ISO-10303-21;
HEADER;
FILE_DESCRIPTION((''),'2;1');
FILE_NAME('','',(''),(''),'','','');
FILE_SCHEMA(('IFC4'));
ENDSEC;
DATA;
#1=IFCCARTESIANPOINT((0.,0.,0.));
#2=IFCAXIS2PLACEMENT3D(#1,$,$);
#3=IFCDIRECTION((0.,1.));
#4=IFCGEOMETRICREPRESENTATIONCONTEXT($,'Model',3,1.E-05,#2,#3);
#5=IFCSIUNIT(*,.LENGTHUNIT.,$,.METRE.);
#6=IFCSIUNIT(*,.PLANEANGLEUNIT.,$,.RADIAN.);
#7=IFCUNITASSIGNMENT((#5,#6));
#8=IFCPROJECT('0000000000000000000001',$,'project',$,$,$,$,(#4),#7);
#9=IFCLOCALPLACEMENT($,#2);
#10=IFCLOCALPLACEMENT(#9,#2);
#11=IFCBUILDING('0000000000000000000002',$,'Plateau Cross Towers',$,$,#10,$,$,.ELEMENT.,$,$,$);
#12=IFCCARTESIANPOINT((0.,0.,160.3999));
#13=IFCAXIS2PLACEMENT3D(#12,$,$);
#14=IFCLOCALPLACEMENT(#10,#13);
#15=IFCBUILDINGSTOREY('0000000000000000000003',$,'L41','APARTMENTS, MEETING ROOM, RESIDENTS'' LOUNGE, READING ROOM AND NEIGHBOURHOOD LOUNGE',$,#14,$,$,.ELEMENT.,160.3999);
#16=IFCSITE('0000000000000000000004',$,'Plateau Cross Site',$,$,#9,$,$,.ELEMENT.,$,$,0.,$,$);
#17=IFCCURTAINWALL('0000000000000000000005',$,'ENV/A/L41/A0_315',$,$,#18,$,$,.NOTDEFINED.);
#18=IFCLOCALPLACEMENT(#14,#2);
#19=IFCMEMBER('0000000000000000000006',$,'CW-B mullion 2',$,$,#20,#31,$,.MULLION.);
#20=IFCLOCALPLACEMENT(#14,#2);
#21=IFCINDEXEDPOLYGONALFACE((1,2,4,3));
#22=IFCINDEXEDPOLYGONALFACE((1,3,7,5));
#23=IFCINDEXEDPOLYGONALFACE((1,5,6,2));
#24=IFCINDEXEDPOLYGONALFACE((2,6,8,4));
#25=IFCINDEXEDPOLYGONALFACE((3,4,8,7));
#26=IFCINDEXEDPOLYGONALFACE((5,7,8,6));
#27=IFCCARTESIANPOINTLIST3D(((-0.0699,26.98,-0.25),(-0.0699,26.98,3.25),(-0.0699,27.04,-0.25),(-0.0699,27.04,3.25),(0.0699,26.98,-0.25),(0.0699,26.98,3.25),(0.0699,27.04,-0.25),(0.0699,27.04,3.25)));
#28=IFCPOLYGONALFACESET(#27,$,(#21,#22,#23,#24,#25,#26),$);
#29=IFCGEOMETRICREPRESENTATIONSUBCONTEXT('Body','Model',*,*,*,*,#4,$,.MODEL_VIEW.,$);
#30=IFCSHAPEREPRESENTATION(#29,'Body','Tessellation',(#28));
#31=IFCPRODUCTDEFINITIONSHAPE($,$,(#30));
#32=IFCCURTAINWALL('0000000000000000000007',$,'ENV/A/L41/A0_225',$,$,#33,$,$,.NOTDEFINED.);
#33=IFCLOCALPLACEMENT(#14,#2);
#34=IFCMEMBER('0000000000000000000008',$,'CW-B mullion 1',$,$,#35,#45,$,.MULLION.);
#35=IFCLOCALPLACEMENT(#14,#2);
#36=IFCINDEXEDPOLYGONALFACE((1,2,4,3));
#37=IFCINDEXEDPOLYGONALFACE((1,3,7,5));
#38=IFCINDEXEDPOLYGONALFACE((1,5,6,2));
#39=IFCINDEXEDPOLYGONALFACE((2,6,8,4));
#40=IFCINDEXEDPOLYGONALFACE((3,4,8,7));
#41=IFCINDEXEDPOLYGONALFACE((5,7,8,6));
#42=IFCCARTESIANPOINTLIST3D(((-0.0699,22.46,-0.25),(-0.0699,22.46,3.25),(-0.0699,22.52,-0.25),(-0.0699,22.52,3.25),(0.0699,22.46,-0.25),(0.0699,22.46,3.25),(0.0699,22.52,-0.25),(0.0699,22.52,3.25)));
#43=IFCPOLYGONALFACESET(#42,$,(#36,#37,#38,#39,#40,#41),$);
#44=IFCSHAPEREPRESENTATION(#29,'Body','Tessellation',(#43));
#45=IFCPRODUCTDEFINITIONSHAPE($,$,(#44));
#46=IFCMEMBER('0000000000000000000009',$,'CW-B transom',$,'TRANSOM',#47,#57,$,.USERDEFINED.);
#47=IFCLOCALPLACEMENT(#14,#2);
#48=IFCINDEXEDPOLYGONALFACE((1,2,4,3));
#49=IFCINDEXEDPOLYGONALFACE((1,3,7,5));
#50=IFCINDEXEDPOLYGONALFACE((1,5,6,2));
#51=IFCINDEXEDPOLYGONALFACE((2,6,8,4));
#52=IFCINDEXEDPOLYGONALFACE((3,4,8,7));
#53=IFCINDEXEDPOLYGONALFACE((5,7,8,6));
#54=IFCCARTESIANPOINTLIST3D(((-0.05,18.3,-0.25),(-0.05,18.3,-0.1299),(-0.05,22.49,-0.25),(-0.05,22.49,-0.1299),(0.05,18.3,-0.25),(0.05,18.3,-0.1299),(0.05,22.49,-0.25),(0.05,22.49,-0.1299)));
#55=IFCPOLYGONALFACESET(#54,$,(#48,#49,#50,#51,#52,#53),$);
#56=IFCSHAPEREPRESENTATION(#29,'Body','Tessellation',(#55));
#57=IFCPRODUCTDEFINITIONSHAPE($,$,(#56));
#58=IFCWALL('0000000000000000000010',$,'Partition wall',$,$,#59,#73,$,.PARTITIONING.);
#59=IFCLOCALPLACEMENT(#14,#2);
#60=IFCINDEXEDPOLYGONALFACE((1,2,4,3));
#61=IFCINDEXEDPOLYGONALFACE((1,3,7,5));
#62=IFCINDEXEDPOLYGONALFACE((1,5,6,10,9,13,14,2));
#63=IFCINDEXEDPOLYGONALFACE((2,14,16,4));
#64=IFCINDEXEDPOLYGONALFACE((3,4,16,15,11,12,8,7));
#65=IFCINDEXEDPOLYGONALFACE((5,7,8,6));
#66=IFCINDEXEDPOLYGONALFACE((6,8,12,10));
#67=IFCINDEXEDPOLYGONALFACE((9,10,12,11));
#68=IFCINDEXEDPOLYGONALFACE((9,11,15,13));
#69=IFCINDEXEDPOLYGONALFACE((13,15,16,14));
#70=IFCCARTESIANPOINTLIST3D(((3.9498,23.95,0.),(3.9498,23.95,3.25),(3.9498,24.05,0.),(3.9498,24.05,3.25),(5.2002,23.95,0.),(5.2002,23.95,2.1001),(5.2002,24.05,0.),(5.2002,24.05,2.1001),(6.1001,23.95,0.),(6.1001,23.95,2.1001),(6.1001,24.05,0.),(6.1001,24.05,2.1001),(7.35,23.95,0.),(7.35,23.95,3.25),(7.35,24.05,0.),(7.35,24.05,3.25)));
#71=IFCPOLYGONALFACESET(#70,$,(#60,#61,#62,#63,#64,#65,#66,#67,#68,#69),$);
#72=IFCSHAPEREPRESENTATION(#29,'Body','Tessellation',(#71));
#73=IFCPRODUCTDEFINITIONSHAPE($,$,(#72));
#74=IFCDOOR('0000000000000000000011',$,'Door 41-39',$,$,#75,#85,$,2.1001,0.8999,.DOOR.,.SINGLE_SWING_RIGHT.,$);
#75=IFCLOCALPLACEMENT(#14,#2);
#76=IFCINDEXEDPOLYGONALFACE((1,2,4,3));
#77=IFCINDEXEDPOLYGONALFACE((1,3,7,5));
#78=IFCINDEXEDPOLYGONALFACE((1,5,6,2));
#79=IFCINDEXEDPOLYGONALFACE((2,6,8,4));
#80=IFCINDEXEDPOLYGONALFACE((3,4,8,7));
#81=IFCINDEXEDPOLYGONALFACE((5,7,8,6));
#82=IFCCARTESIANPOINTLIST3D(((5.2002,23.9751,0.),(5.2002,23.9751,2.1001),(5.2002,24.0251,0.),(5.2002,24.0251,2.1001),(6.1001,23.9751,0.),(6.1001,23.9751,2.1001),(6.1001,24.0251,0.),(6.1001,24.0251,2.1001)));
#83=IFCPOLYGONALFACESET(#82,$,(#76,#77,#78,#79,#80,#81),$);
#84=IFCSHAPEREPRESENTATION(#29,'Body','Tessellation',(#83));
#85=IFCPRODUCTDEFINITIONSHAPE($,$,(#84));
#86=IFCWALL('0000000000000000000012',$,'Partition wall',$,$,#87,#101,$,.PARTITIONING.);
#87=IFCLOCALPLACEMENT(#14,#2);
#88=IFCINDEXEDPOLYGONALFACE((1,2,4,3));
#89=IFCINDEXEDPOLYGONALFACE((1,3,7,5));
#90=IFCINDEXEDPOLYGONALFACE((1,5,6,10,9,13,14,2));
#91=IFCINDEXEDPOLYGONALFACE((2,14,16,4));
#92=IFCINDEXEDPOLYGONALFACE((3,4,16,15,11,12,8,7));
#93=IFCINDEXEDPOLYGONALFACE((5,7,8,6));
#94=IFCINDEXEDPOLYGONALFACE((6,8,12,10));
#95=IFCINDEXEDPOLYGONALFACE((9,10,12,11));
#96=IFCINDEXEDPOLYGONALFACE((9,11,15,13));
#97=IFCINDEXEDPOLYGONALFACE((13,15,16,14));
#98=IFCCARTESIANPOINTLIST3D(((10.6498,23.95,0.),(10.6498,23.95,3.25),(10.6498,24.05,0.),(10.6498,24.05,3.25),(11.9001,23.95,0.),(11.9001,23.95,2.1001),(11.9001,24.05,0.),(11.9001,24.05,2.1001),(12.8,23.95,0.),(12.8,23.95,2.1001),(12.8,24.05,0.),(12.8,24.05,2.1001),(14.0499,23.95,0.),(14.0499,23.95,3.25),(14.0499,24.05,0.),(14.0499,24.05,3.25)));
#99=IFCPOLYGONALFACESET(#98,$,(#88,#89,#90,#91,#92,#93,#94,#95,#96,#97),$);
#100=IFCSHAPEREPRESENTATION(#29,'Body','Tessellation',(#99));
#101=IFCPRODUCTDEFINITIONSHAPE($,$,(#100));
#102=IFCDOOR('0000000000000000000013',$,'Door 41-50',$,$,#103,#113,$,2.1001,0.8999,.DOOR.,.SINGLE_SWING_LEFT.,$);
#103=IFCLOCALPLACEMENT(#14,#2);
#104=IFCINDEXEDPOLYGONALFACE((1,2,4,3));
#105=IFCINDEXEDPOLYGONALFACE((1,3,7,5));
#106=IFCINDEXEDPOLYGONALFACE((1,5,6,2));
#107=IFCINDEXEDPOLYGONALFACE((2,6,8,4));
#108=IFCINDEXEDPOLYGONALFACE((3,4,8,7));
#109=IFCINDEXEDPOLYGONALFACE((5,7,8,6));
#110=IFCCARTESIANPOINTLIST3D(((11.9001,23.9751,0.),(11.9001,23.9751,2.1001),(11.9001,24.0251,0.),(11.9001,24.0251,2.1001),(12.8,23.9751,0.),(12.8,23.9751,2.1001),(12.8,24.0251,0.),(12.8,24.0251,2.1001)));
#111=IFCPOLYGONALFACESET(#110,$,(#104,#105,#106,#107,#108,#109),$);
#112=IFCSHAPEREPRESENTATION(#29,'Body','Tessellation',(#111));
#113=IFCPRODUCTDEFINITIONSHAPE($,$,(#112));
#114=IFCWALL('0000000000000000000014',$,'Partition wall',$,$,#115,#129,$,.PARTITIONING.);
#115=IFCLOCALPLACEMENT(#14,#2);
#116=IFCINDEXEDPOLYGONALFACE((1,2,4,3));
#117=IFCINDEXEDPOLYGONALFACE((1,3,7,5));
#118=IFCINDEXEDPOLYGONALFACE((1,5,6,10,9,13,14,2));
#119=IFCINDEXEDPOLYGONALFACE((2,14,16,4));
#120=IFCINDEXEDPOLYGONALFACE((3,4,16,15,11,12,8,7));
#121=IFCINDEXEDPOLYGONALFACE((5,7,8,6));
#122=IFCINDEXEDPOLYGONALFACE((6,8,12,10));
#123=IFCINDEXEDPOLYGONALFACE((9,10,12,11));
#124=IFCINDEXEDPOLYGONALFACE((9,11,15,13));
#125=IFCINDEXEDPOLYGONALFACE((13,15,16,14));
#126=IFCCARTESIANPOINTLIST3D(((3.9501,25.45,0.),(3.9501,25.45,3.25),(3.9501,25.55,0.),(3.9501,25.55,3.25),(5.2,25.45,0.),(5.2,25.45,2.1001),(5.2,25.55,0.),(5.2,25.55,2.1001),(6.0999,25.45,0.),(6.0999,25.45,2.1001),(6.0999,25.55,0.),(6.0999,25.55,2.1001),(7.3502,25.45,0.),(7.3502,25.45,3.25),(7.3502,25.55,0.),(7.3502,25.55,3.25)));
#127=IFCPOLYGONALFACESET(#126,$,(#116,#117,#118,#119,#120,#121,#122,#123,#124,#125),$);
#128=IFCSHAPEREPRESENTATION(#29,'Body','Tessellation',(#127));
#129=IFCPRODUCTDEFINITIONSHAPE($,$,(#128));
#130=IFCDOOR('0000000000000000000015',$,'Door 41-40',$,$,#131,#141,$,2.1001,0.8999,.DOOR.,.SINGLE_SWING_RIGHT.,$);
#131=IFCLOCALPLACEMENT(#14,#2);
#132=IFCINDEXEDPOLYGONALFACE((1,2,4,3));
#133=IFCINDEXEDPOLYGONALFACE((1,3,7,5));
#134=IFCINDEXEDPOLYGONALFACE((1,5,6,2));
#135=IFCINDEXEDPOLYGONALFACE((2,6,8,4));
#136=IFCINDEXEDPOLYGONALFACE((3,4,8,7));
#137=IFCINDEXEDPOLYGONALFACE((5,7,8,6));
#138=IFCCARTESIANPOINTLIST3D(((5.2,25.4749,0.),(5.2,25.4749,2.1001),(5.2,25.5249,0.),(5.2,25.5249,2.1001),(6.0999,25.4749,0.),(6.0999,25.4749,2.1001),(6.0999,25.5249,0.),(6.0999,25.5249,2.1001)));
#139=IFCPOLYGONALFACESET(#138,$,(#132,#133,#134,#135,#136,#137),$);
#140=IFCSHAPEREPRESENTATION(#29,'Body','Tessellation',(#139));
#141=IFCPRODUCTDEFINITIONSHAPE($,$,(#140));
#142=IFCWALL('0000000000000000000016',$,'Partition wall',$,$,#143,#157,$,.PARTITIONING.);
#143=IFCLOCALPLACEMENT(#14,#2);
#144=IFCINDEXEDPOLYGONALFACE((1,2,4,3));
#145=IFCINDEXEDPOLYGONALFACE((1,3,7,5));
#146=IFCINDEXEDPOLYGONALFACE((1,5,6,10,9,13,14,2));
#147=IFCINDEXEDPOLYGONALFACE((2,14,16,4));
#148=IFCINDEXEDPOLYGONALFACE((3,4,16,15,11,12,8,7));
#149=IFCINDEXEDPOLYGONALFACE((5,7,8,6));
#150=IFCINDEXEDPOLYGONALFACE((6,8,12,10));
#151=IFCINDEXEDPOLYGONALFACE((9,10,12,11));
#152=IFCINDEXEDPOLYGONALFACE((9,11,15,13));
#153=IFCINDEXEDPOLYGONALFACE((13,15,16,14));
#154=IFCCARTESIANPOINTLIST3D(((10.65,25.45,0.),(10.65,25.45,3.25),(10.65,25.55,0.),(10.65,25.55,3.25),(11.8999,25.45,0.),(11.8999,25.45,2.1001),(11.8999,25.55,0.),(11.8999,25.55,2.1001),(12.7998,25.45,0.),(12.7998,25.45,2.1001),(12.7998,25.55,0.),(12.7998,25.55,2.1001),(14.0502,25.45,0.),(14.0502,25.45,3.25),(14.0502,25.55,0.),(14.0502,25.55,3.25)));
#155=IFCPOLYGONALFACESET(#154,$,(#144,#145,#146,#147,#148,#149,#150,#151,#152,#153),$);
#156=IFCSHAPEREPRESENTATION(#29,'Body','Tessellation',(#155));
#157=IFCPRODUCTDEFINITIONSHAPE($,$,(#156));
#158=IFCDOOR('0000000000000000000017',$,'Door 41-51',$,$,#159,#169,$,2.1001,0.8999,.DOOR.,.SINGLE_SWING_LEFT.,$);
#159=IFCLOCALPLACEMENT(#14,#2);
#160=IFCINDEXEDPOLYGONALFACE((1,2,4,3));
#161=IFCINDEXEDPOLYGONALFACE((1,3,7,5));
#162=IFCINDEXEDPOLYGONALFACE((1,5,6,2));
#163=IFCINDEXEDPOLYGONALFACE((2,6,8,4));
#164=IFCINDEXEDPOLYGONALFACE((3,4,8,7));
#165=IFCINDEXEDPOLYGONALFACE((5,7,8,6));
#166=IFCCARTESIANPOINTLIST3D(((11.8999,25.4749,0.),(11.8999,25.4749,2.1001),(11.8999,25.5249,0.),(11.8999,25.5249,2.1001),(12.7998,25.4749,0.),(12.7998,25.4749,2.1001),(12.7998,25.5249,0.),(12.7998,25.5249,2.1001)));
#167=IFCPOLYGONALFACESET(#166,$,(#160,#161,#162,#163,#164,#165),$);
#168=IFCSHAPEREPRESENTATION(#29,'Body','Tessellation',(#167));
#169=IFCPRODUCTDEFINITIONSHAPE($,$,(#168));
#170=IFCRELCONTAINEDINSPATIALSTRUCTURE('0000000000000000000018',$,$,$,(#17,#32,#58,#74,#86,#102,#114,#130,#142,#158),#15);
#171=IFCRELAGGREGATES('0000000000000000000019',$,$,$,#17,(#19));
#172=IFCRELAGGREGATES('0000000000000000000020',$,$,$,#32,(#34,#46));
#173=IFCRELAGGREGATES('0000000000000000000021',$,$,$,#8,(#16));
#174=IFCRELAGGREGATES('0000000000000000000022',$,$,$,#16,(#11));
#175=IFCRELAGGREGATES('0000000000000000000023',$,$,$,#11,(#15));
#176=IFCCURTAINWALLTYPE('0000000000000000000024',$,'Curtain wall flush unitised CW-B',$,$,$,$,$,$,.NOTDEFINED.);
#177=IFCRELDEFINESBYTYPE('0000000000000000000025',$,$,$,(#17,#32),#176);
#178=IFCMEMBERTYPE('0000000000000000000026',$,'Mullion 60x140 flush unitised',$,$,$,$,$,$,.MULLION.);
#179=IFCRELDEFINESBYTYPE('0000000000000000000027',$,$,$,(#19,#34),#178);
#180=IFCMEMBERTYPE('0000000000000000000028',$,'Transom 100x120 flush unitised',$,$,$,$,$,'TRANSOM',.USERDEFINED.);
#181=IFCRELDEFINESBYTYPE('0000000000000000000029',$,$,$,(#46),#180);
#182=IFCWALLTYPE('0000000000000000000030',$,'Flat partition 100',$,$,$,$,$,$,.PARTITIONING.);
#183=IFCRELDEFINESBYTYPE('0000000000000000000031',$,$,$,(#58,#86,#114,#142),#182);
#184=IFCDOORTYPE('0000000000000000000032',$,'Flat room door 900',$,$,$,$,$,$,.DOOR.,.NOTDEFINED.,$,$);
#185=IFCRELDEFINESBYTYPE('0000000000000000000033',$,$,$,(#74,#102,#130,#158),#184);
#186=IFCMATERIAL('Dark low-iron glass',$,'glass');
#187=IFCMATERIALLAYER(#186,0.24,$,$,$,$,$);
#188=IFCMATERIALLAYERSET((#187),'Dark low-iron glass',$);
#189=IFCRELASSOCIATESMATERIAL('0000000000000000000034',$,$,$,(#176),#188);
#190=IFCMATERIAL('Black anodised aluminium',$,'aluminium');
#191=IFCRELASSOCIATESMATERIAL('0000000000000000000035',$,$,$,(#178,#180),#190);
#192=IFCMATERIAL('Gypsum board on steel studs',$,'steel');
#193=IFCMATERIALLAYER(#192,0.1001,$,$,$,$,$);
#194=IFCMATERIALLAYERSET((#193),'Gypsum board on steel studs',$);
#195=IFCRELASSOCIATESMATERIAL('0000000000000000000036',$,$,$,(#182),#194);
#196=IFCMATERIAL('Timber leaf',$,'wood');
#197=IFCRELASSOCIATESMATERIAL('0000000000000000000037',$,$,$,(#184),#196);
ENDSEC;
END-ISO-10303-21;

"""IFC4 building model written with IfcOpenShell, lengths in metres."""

from ifc_helpers import new_model, si_unit, direction, frame, frame_2d, origin, origin_2d, place, context, subcontext, project, spatial, rectangle, extrude, material, layer, layer_set, material_profile, profile_set, type_object, element, fill, aggregate, save


model = new_model("IFC4")

# Units and contexts
model_context = context("Model", 3, precision=1e-05, world=origin(), true_north=direction((0.0, 1.0)))
body_context = subcontext(model_context, "Body", "Model", "MODEL_VIEW")
ifc_project = project(units=[si_unit("LENGTHUNIT", "METRE"), si_unit("PLANEANGLEUNIT", "RADIAN")], contexts=[model_context])

# Site, building, storey
site_placement = place(None, origin())
site = spatial("IfcSite", under=ifc_project, at=site_placement, Name="Plateau Cross Site", CompositionType="ELEMENT", RefElevation=0.0)
building_placement = place(site_placement, origin())
building = spatial("IfcBuilding", under=site, at=building_placement, Name="Plateau Cross Towers", CompositionType="ELEMENT")
storey_placement = place(building_placement, frame((0.0, 0.0, 160.3999)))
storey = spatial("IfcBuildingStorey", under=building, at=storey_placement, Name="L41", Description="APARTMENTS, MEETING ROOM, RESIDENTS' LOUNGE, READING ROOM AND NEIGHBOURHOOD LOUNGE", CompositionType="ELEMENT", Elevation=160.3999)

# Curtain wall, member
ifc_material_1 = material(Name="Dark low-iron glass", Category="glass")
ifc_layer_1 = layer(ifc_material_1, 0.24)
ifc_layer_set_1 = layer_set([ifc_layer_1], Name="Dark low-iron glass")
curtain_wall_type = type_object("IfcCurtainWallType", Name="Curtain wall flush unitised CW-B", PredefinedType="NOTDEFINED", material=ifc_layer_set_1)
curtain_wall_1_placement = place(storey_placement, origin())
curtain_wall_1 = element("IfcCurtainWall", 1, at=curtain_wall_1_placement, inside=storey, type_object=curtain_wall_type, Name="ENV/A/L41/A0_315", PredefinedType="NOTDEFINED")
ifc_material_2 = material(Name="Black anodised aluminium", Category="aluminium")
ifc_material_profile_1 = material_profile(ifc_material_2, rectangle(XDim=0.0601, YDim=0.1399, at=origin_2d()), Name="MULLION 60x140")
ifc_profile_set_1 = profile_set([ifc_material_profile_1], Name="Black anodised aluminium")
member_type_1 = type_object("IfcMemberType", Name="Mullion 60x140 flush unitised", PredefinedType="MULLION", material=ifc_profile_set_1)
member_1_placement = place(storey_placement, frame((0.0, 27.01, -0.25), z_axis=(0.0, 0.0, 1.0), x_axis=(0.0, -1.0, 0.0)))
member_1 = element("IfcMember", 2, at=member_1_placement, type_object=member_type_1, Name="CW-B mullion 2", PredefinedType="MULLION", context=body_context, shape_type="SweptSolid", body=[
    extrude(rectangle(XDim=0.0601, YDim=0.1399, at=origin_2d()), origin(), (0.0, 0.0, 1.0), 3.5),
])
aggregate(curtain_wall_1, [member_1])

# Curtain wall, members
curtain_wall_2_placement = place(storey_placement, origin())
curtain_wall_2 = element("IfcCurtainWall", 3, at=curtain_wall_2_placement, inside=storey, type_object=curtain_wall_type, Name="ENV/A/L41/A0_225", PredefinedType="NOTDEFINED")
member_2_placement = place(storey_placement, frame((0.0, 22.49, -0.25), z_axis=(0.0, 0.0, 1.0), x_axis=(0.0, -1.0, 0.0)))
member_2 = element("IfcMember", 4, at=member_2_placement, type_object=member_type_1, Name="CW-B mullion 1", PredefinedType="MULLION", context=body_context, shape_type="SweptSolid", body=[
    extrude(rectangle(XDim=0.0601, YDim=0.1399, at=origin_2d()), origin(), (0.0, 0.0, 1.0), 3.5),
])
ifc_material_profile_2 = material_profile(ifc_material_2, rectangle(XDim=0.1001, YDim=0.1201, at=origin_2d()), Name="TRANSOM 100x120")
ifc_profile_set_2 = profile_set([ifc_material_profile_2], Name="Black anodised aluminium")
member_type_2 = type_object("IfcMemberType", Name="Transom 100x120 flush unitised", ElementType="TRANSOM", PredefinedType="USERDEFINED", material=ifc_profile_set_2)
member_3_placement = place(storey_placement, frame((0.0, 22.49, -0.1899), z_axis=(0.0, -1.0, 0.0), x_axis=(1.0, 0.0, 0.0)))
member_3 = element("IfcMember", 5, at=member_3_placement, type_object=member_type_2, Name="CW-B transom", ObjectType="TRANSOM", PredefinedType="USERDEFINED", context=body_context, shape_type="SweptSolid", body=[
    extrude(rectangle(XDim=0.1001, YDim=0.1201, at=origin_2d()), origin(), (0.0, 0.0, 1.0), 4.1899),
])
aggregate(curtain_wall_2, [member_2, member_3])

# Walls, openings, doors
ifc_material_3 = material(Name="Gypsum board on steel studs", Category="steel")
ifc_layer_2 = layer(ifc_material_3, 0.1001)
ifc_layer_set_2 = layer_set([ifc_layer_2], Name="Gypsum board on steel studs")
wall_type_1 = type_object("IfcWallType", Name="Flat partition 100", PredefinedType="PARTITIONING", material=ifc_layer_set_2)
wall_1_placement = place(storey_placement, frame((7.3501, 24.0, 0.0), z_axis=(0.0, 0.0, 1.0), x_axis=(-1.0, 0.0, 0.0)))
wall_1 = element("IfcWall", 6, at=wall_1_placement, inside=storey, type_object=wall_type_1, Name="Partition wall", PredefinedType="PARTITIONING", context=body_context, shape_type="SweptSolid", body=[
    extrude(rectangle(XDim=3.4001, YDim=0.1001, at=frame_2d((1.7002, 0.0))), origin(), (0.0, 0.0, 1.0), 3.25),
])
opening_1_placement = place(wall_1_placement, frame((1.25, 0.0, 0.0)))
opening_1 = element("IfcOpeningElement", 7, at=opening_1_placement, cuts=wall_1, PredefinedType="OPENING", context=body_context, shape_type="SweptSolid", body=[
    extrude(rectangle(XDim=0.8999, YDim=2.1001, at=frame_2d((0.45, 1.05))), frame((0.0, 0.0601, 0.0), z_axis=(0.0, -1.0, 0.0), x_axis=(1.0, 0.0, 0.0)), (0.0, 0.0, 1.0), 0.1201),
])
ifc_material_4 = material(Name="Timber leaf", Category="wood")
door_type_1 = type_object("IfcDoorType", Name="Flat room door 900", OperationType="NOTDEFINED", PredefinedType="DOOR", material=ifc_material_4)
door_1_placement = place(opening_1_placement, origin())
door_1 = element("IfcDoor", 8, at=door_1_placement, inside=storey, type_object=door_type_1, Name="Door 41-39", OperationType="SINGLE_SWING_RIGHT", OverallHeight=2.1001, OverallWidth=0.8999, PredefinedType="DOOR", context=body_context, shape_type="SweptSolid", body=[
    extrude(rectangle(XDim=0.8999, YDim=2.1001, at=frame_2d((0.45, 1.05))), frame((0.0, 0.0249, 0.0), z_axis=(0.0, -1.0, 0.0), x_axis=(1.0, 0.0, 0.0)), (0.0, 0.0, 1.0), 0.05),
])
fill(opening_1, door_1)
wall_2_placement = place(storey_placement, frame((14.05, 24.0, 0.0), z_axis=(0.0, 0.0, 1.0), x_axis=(-1.0, 0.0, 0.0)))
wall_2 = element("IfcWall", 9, at=wall_2_placement, inside=storey, type_object=wall_type_1, Name="Partition wall", PredefinedType="PARTITIONING", context=body_context, shape_type="SweptSolid", body=[
    extrude(rectangle(XDim=3.4001, YDim=0.1001, at=frame_2d((1.7002, 0.0))), origin(), (0.0, 0.0, 1.0), 3.25),
])
opening_2_placement = place(wall_2_placement, frame((1.25, 0.0, 0.0)))
opening_2 = element("IfcOpeningElement", 10, at=opening_2_placement, cuts=wall_2, PredefinedType="OPENING", context=body_context, shape_type="SweptSolid", body=[
    extrude(rectangle(XDim=0.8999, YDim=2.1001, at=frame_2d((0.45, 1.05))), frame((0.0, 0.0601, 0.0), z_axis=(0.0, -1.0, 0.0), x_axis=(1.0, 0.0, 0.0)), (0.0, 0.0, 1.0), 0.1201),
])
door_2_placement = place(opening_2_placement, origin())
door_2 = element("IfcDoor", 11, at=door_2_placement, inside=storey, type_object=door_type_1, Name="Door 41-50", OperationType="SINGLE_SWING_LEFT", OverallHeight=2.1001, OverallWidth=0.8999, PredefinedType="DOOR", context=body_context, shape_type="SweptSolid", body=[
    extrude(rectangle(XDim=0.8999, YDim=2.1001, at=frame_2d((0.45, 1.05))), frame((0.0, 0.0249, 0.0), z_axis=(0.0, -1.0, 0.0), x_axis=(1.0, 0.0, 0.0)), (0.0, 0.0, 1.0), 0.05),
])
fill(opening_2, door_2)
wall_3_placement = place(storey_placement, frame((3.95, 25.5, 0.0), z_axis=(0.0, 0.0, 1.0), x_axis=(1.0, 0.0, 0.0)))
wall_3 = element("IfcWall", 12, at=wall_3_placement, inside=storey, type_object=wall_type_1, Name="Partition wall", PredefinedType="PARTITIONING", context=body_context, shape_type="SweptSolid", body=[
    extrude(rectangle(XDim=3.4001, YDim=0.1001, at=frame_2d((1.7002, 0.0))), origin(), (0.0, 0.0, 1.0), 3.25),
])
opening_3_placement = place(wall_3_placement, frame((1.25, 0.0, 0.0)))
opening_3 = element("IfcOpeningElement", 13, at=opening_3_placement, cuts=wall_3, PredefinedType="OPENING", context=body_context, shape_type="SweptSolid", body=[
    extrude(rectangle(XDim=0.8999, YDim=2.1001, at=frame_2d((0.45, 1.05))), frame((0.0, 0.0601, 0.0), z_axis=(0.0, -1.0, 0.0), x_axis=(1.0, 0.0, 0.0)), (0.0, 0.0, 1.0), 0.1201),
])
door_3_placement = place(opening_3_placement, origin())
door_3 = element("IfcDoor", 14, at=door_3_placement, inside=storey, type_object=door_type_1, Name="Door 41-40", OperationType="SINGLE_SWING_RIGHT", OverallHeight=2.1001, OverallWidth=0.8999, PredefinedType="DOOR", context=body_context, shape_type="SweptSolid", body=[
    extrude(rectangle(XDim=0.8999, YDim=2.1001, at=frame_2d((0.45, 1.05))), frame((0.0, 0.0249, 0.0), z_axis=(0.0, -1.0, 0.0), x_axis=(1.0, 0.0, 0.0)), (0.0, 0.0, 1.0), 0.05),
])
fill(opening_3, door_3)
wall_4_placement = place(storey_placement, frame((10.6499, 25.5, 0.0), z_axis=(0.0, 0.0, 1.0), x_axis=(1.0, 0.0, 0.0)))
wall_4 = element("IfcWall", 15, at=wall_4_placement, inside=storey, type_object=wall_type_1, Name="Partition wall", PredefinedType="PARTITIONING", context=body_context, shape_type="SweptSolid", body=[
    extrude(rectangle(XDim=3.4001, YDim=0.1001, at=frame_2d((1.7002, 0.0))), origin(), (0.0, 0.0, 1.0), 3.25),
])
opening_4_placement = place(wall_4_placement, frame((1.25, 0.0, 0.0)))
opening_4 = element("IfcOpeningElement", 16, at=opening_4_placement, cuts=wall_4, PredefinedType="OPENING", context=body_context, shape_type="SweptSolid", body=[
    extrude(rectangle(XDim=0.8999, YDim=2.1001, at=frame_2d((0.45, 1.05))), frame((0.0, 0.0601, 0.0), z_axis=(0.0, -1.0, 0.0), x_axis=(1.0, 0.0, 0.0)), (0.0, 0.0, 1.0), 0.1201),
])
door_4_placement = place(opening_4_placement, origin())
door_4 = element("IfcDoor", 17, at=door_4_placement, inside=storey, type_object=door_type_1, Name="Door 41-51", OperationType="SINGLE_SWING_LEFT", OverallHeight=2.1001, OverallWidth=0.8999, PredefinedType="DOOR", context=body_context, shape_type="SweptSolid", body=[
    extrude(rectangle(XDim=0.8999, YDim=2.1001, at=frame_2d((0.45, 1.05))), frame((0.0, 0.0249, 0.0), z_axis=(0.0, -1.0, 0.0), x_axis=(1.0, 0.0, 0.0)), (0.0, 0.0, 1.0), 0.05),
])
fill(opening_4, door_4)

save(model, "model.ifc")
